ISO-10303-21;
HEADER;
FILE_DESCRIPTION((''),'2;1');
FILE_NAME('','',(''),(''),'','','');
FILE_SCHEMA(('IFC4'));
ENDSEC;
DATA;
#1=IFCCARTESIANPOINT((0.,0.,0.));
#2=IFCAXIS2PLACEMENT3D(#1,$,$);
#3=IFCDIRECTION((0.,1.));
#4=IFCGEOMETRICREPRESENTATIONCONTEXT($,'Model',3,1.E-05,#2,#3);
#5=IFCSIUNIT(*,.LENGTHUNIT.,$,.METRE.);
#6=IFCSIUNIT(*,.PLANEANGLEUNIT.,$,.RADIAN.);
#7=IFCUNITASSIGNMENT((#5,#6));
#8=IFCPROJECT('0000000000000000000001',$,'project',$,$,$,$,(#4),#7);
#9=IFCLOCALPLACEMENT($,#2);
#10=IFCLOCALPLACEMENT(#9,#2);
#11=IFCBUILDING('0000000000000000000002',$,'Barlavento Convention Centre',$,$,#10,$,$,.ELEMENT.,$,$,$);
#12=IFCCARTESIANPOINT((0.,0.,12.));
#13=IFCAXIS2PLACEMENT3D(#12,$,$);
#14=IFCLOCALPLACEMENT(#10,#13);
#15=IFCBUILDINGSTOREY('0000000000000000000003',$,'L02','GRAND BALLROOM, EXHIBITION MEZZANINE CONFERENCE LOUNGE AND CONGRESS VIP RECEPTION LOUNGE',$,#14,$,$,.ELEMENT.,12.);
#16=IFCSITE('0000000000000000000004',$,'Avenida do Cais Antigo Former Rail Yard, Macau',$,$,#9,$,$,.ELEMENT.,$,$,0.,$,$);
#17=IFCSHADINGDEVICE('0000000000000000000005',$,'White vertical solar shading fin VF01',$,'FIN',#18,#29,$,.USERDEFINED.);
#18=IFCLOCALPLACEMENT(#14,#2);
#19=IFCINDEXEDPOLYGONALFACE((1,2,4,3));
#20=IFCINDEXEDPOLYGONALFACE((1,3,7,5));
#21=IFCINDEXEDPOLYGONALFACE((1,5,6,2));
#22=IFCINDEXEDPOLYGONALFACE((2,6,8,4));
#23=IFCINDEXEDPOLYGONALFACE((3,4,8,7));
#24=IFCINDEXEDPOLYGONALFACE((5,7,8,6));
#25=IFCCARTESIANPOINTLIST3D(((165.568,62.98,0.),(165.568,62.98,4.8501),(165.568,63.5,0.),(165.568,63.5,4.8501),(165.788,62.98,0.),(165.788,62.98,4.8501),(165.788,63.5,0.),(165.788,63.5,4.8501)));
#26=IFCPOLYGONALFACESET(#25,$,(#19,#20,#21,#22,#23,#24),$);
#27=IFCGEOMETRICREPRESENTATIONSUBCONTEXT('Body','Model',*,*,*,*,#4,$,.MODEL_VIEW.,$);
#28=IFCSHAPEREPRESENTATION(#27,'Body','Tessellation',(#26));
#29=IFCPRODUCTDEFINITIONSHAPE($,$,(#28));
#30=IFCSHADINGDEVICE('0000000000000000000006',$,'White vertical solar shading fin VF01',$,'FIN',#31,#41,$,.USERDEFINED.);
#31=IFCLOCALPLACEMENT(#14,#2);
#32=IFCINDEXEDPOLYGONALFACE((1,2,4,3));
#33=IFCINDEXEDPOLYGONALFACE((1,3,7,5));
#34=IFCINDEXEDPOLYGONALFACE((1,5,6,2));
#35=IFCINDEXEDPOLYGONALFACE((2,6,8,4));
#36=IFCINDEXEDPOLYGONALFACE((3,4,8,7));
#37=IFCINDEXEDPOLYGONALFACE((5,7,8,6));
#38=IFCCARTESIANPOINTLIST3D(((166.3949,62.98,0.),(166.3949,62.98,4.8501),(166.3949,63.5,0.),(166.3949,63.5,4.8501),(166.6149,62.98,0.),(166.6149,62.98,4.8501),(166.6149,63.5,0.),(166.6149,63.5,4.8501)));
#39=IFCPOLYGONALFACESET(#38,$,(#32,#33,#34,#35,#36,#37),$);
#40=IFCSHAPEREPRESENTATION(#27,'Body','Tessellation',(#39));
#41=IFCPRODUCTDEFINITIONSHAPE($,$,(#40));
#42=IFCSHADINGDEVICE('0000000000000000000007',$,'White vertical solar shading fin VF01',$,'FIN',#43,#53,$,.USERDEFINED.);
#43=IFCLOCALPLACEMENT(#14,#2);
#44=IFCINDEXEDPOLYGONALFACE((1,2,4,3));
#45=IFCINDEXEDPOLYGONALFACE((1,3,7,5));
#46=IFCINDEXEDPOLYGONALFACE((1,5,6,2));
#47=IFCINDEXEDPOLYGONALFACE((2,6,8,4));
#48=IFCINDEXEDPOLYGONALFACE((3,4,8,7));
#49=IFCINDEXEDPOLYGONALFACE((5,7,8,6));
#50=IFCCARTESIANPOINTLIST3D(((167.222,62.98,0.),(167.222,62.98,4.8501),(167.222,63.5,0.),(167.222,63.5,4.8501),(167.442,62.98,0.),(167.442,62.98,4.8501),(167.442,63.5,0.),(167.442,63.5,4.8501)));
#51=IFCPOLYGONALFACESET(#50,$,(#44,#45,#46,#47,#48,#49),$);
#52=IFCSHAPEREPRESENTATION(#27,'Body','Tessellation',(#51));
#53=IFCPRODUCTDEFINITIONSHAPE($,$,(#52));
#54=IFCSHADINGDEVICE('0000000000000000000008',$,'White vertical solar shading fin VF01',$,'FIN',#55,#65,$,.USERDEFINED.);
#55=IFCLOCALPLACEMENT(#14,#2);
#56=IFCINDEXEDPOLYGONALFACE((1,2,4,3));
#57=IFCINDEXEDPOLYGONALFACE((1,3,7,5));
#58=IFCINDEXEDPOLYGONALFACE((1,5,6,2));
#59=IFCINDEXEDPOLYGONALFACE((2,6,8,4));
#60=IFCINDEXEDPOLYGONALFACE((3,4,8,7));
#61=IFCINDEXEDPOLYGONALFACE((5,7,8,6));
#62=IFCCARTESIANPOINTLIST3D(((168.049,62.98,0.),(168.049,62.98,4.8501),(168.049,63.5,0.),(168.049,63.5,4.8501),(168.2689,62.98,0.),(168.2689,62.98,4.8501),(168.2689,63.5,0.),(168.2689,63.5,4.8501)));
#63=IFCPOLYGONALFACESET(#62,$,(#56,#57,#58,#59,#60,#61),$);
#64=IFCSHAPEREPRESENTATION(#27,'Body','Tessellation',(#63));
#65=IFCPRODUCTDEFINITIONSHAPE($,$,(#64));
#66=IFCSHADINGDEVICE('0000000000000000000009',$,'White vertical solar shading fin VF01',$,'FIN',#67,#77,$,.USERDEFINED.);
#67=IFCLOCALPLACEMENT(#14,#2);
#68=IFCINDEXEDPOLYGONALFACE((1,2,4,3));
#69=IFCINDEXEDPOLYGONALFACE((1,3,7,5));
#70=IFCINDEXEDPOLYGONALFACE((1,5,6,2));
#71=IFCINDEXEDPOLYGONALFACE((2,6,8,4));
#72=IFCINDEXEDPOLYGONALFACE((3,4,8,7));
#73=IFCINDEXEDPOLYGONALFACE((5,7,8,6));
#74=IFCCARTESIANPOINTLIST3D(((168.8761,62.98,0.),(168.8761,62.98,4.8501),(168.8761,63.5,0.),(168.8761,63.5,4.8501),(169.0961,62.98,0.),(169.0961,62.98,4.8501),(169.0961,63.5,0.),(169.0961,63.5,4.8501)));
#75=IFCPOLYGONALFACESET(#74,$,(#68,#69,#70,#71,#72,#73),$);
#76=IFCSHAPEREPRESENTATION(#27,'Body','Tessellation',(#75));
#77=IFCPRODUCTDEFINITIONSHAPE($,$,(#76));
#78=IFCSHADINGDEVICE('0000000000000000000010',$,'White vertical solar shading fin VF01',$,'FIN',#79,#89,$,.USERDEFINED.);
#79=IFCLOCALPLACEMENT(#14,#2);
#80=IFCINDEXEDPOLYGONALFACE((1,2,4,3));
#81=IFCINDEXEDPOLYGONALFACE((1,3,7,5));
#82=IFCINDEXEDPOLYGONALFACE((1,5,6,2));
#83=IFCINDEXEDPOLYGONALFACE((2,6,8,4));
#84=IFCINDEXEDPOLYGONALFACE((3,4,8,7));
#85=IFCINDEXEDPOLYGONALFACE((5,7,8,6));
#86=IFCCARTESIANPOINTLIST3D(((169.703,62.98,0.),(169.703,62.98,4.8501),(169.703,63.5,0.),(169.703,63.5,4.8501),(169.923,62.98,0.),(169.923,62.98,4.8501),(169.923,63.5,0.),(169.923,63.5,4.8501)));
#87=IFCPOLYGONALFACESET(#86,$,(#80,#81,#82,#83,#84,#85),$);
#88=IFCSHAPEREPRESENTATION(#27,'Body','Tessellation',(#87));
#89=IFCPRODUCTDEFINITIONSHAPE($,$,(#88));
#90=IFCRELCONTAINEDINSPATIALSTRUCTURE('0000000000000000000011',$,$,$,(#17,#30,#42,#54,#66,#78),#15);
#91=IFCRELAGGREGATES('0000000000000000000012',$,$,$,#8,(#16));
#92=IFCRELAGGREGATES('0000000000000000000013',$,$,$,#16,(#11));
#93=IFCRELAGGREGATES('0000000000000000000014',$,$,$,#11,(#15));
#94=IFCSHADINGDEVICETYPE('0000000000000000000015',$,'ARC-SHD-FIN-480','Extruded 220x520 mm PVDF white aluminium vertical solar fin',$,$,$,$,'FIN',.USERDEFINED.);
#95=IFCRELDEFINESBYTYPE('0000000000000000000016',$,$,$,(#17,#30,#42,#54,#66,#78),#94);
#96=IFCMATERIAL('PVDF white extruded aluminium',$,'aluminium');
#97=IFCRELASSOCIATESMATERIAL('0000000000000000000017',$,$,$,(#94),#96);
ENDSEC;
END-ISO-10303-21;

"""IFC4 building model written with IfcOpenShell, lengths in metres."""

from ifc_helpers import new_model, si_unit, direction, frame, origin, origin_2d, place, context, subcontext, project, spatial, rectangle, extrude, material, type_object, element, save


model = new_model("IFC4")

# Units and contexts
model_context = context("Model", 3, precision=1e-05, world=origin(), true_north=direction((0.0, 1.0)))
body_context = subcontext(model_context, "Body", "Model", "MODEL_VIEW")
ifc_project = project(units=[si_unit("LENGTHUNIT", "METRE"), si_unit("PLANEANGLEUNIT", "RADIAN")], contexts=[model_context])

# Site, building, storey
site_placement = place(None, origin())
site = spatial("IfcSite", under=ifc_project, at=site_placement, Name="Avenida do Cais Antigo Former Rail Yard, Macau", CompositionType="ELEMENT", RefElevation=0.0)
building_placement = place(site_placement, origin())
building = spatial("IfcBuilding", under=site, at=building_placement, Name="Barlavento Convention Centre", CompositionType="ELEMENT")
storey_placement = place(building_placement, frame((0.0, 0.0, 12.0)))
storey = spatial("IfcBuildingStorey", under=building, at=storey_placement, Name="L02", Description="GRAND BALLROOM, EXHIBITION MEZZANINE CONFERENCE LOUNGE AND CONGRESS VIP RECEPTION LOUNGE", CompositionType="ELEMENT", Elevation=12.0)

# Shading devices
ifc_material_1 = material(Name="PVDF white extruded aluminium", Category="aluminium")
shading_device_type = type_object("IfcShadingDeviceType", Name="ARC-SHD-FIN-480", Description="Extruded 220x520 mm PVDF white aluminium vertical solar fin", ElementType="FIN", PredefinedType="USERDEFINED", material=ifc_material_1)
for number, where, z_axis, x_axis, name in (
    (1, (165.678, 63.24, 0.0), (0.0, 0.0, 1.0), (1.0, 0.0, 0.0), "White vertical solar shading fin VF01"),
    (2, (166.5049, 63.24, 0.0), (0.0, 0.0, 1.0), (1.0, 0.0, 0.0), "White vertical solar shading fin VF01"),
    (3, (167.332, 63.24, 0.0), (0.0, 0.0, 1.0), (1.0, 0.0, 0.0), "White vertical solar shading fin VF01"),
    (4, (168.1589, 63.24, 0.0), (0.0, 0.0, 1.0), (1.0, 0.0, 0.0), "White vertical solar shading fin VF01"),
    (5, (168.9861, 63.24, 0.0), (0.0, 0.0, 1.0), (1.0, 0.0, 0.0), "White vertical solar shading fin VF01"),
    (6, (169.813, 63.24, 0.0), (0.0, 0.0, 1.0), (1.0, 0.0, 0.0), "White vertical solar shading fin VF01"),
):
    element("IfcShadingDevice", number, at=place(storey_placement, frame(where, z_axis=z_axis, x_axis=x_axis)), inside=storey, type_object=shading_device_type, Name=name, ObjectType="FIN", PredefinedType="USERDEFINED", context=body_context, shape_type="SweptSolid", body=[
        extrude(rectangle(XDim=0.22, YDim=0.52, at=origin_2d()), origin(), (0.0, 0.0, 1.0), 4.8501),
    ])

save(model, "model.ifc")
